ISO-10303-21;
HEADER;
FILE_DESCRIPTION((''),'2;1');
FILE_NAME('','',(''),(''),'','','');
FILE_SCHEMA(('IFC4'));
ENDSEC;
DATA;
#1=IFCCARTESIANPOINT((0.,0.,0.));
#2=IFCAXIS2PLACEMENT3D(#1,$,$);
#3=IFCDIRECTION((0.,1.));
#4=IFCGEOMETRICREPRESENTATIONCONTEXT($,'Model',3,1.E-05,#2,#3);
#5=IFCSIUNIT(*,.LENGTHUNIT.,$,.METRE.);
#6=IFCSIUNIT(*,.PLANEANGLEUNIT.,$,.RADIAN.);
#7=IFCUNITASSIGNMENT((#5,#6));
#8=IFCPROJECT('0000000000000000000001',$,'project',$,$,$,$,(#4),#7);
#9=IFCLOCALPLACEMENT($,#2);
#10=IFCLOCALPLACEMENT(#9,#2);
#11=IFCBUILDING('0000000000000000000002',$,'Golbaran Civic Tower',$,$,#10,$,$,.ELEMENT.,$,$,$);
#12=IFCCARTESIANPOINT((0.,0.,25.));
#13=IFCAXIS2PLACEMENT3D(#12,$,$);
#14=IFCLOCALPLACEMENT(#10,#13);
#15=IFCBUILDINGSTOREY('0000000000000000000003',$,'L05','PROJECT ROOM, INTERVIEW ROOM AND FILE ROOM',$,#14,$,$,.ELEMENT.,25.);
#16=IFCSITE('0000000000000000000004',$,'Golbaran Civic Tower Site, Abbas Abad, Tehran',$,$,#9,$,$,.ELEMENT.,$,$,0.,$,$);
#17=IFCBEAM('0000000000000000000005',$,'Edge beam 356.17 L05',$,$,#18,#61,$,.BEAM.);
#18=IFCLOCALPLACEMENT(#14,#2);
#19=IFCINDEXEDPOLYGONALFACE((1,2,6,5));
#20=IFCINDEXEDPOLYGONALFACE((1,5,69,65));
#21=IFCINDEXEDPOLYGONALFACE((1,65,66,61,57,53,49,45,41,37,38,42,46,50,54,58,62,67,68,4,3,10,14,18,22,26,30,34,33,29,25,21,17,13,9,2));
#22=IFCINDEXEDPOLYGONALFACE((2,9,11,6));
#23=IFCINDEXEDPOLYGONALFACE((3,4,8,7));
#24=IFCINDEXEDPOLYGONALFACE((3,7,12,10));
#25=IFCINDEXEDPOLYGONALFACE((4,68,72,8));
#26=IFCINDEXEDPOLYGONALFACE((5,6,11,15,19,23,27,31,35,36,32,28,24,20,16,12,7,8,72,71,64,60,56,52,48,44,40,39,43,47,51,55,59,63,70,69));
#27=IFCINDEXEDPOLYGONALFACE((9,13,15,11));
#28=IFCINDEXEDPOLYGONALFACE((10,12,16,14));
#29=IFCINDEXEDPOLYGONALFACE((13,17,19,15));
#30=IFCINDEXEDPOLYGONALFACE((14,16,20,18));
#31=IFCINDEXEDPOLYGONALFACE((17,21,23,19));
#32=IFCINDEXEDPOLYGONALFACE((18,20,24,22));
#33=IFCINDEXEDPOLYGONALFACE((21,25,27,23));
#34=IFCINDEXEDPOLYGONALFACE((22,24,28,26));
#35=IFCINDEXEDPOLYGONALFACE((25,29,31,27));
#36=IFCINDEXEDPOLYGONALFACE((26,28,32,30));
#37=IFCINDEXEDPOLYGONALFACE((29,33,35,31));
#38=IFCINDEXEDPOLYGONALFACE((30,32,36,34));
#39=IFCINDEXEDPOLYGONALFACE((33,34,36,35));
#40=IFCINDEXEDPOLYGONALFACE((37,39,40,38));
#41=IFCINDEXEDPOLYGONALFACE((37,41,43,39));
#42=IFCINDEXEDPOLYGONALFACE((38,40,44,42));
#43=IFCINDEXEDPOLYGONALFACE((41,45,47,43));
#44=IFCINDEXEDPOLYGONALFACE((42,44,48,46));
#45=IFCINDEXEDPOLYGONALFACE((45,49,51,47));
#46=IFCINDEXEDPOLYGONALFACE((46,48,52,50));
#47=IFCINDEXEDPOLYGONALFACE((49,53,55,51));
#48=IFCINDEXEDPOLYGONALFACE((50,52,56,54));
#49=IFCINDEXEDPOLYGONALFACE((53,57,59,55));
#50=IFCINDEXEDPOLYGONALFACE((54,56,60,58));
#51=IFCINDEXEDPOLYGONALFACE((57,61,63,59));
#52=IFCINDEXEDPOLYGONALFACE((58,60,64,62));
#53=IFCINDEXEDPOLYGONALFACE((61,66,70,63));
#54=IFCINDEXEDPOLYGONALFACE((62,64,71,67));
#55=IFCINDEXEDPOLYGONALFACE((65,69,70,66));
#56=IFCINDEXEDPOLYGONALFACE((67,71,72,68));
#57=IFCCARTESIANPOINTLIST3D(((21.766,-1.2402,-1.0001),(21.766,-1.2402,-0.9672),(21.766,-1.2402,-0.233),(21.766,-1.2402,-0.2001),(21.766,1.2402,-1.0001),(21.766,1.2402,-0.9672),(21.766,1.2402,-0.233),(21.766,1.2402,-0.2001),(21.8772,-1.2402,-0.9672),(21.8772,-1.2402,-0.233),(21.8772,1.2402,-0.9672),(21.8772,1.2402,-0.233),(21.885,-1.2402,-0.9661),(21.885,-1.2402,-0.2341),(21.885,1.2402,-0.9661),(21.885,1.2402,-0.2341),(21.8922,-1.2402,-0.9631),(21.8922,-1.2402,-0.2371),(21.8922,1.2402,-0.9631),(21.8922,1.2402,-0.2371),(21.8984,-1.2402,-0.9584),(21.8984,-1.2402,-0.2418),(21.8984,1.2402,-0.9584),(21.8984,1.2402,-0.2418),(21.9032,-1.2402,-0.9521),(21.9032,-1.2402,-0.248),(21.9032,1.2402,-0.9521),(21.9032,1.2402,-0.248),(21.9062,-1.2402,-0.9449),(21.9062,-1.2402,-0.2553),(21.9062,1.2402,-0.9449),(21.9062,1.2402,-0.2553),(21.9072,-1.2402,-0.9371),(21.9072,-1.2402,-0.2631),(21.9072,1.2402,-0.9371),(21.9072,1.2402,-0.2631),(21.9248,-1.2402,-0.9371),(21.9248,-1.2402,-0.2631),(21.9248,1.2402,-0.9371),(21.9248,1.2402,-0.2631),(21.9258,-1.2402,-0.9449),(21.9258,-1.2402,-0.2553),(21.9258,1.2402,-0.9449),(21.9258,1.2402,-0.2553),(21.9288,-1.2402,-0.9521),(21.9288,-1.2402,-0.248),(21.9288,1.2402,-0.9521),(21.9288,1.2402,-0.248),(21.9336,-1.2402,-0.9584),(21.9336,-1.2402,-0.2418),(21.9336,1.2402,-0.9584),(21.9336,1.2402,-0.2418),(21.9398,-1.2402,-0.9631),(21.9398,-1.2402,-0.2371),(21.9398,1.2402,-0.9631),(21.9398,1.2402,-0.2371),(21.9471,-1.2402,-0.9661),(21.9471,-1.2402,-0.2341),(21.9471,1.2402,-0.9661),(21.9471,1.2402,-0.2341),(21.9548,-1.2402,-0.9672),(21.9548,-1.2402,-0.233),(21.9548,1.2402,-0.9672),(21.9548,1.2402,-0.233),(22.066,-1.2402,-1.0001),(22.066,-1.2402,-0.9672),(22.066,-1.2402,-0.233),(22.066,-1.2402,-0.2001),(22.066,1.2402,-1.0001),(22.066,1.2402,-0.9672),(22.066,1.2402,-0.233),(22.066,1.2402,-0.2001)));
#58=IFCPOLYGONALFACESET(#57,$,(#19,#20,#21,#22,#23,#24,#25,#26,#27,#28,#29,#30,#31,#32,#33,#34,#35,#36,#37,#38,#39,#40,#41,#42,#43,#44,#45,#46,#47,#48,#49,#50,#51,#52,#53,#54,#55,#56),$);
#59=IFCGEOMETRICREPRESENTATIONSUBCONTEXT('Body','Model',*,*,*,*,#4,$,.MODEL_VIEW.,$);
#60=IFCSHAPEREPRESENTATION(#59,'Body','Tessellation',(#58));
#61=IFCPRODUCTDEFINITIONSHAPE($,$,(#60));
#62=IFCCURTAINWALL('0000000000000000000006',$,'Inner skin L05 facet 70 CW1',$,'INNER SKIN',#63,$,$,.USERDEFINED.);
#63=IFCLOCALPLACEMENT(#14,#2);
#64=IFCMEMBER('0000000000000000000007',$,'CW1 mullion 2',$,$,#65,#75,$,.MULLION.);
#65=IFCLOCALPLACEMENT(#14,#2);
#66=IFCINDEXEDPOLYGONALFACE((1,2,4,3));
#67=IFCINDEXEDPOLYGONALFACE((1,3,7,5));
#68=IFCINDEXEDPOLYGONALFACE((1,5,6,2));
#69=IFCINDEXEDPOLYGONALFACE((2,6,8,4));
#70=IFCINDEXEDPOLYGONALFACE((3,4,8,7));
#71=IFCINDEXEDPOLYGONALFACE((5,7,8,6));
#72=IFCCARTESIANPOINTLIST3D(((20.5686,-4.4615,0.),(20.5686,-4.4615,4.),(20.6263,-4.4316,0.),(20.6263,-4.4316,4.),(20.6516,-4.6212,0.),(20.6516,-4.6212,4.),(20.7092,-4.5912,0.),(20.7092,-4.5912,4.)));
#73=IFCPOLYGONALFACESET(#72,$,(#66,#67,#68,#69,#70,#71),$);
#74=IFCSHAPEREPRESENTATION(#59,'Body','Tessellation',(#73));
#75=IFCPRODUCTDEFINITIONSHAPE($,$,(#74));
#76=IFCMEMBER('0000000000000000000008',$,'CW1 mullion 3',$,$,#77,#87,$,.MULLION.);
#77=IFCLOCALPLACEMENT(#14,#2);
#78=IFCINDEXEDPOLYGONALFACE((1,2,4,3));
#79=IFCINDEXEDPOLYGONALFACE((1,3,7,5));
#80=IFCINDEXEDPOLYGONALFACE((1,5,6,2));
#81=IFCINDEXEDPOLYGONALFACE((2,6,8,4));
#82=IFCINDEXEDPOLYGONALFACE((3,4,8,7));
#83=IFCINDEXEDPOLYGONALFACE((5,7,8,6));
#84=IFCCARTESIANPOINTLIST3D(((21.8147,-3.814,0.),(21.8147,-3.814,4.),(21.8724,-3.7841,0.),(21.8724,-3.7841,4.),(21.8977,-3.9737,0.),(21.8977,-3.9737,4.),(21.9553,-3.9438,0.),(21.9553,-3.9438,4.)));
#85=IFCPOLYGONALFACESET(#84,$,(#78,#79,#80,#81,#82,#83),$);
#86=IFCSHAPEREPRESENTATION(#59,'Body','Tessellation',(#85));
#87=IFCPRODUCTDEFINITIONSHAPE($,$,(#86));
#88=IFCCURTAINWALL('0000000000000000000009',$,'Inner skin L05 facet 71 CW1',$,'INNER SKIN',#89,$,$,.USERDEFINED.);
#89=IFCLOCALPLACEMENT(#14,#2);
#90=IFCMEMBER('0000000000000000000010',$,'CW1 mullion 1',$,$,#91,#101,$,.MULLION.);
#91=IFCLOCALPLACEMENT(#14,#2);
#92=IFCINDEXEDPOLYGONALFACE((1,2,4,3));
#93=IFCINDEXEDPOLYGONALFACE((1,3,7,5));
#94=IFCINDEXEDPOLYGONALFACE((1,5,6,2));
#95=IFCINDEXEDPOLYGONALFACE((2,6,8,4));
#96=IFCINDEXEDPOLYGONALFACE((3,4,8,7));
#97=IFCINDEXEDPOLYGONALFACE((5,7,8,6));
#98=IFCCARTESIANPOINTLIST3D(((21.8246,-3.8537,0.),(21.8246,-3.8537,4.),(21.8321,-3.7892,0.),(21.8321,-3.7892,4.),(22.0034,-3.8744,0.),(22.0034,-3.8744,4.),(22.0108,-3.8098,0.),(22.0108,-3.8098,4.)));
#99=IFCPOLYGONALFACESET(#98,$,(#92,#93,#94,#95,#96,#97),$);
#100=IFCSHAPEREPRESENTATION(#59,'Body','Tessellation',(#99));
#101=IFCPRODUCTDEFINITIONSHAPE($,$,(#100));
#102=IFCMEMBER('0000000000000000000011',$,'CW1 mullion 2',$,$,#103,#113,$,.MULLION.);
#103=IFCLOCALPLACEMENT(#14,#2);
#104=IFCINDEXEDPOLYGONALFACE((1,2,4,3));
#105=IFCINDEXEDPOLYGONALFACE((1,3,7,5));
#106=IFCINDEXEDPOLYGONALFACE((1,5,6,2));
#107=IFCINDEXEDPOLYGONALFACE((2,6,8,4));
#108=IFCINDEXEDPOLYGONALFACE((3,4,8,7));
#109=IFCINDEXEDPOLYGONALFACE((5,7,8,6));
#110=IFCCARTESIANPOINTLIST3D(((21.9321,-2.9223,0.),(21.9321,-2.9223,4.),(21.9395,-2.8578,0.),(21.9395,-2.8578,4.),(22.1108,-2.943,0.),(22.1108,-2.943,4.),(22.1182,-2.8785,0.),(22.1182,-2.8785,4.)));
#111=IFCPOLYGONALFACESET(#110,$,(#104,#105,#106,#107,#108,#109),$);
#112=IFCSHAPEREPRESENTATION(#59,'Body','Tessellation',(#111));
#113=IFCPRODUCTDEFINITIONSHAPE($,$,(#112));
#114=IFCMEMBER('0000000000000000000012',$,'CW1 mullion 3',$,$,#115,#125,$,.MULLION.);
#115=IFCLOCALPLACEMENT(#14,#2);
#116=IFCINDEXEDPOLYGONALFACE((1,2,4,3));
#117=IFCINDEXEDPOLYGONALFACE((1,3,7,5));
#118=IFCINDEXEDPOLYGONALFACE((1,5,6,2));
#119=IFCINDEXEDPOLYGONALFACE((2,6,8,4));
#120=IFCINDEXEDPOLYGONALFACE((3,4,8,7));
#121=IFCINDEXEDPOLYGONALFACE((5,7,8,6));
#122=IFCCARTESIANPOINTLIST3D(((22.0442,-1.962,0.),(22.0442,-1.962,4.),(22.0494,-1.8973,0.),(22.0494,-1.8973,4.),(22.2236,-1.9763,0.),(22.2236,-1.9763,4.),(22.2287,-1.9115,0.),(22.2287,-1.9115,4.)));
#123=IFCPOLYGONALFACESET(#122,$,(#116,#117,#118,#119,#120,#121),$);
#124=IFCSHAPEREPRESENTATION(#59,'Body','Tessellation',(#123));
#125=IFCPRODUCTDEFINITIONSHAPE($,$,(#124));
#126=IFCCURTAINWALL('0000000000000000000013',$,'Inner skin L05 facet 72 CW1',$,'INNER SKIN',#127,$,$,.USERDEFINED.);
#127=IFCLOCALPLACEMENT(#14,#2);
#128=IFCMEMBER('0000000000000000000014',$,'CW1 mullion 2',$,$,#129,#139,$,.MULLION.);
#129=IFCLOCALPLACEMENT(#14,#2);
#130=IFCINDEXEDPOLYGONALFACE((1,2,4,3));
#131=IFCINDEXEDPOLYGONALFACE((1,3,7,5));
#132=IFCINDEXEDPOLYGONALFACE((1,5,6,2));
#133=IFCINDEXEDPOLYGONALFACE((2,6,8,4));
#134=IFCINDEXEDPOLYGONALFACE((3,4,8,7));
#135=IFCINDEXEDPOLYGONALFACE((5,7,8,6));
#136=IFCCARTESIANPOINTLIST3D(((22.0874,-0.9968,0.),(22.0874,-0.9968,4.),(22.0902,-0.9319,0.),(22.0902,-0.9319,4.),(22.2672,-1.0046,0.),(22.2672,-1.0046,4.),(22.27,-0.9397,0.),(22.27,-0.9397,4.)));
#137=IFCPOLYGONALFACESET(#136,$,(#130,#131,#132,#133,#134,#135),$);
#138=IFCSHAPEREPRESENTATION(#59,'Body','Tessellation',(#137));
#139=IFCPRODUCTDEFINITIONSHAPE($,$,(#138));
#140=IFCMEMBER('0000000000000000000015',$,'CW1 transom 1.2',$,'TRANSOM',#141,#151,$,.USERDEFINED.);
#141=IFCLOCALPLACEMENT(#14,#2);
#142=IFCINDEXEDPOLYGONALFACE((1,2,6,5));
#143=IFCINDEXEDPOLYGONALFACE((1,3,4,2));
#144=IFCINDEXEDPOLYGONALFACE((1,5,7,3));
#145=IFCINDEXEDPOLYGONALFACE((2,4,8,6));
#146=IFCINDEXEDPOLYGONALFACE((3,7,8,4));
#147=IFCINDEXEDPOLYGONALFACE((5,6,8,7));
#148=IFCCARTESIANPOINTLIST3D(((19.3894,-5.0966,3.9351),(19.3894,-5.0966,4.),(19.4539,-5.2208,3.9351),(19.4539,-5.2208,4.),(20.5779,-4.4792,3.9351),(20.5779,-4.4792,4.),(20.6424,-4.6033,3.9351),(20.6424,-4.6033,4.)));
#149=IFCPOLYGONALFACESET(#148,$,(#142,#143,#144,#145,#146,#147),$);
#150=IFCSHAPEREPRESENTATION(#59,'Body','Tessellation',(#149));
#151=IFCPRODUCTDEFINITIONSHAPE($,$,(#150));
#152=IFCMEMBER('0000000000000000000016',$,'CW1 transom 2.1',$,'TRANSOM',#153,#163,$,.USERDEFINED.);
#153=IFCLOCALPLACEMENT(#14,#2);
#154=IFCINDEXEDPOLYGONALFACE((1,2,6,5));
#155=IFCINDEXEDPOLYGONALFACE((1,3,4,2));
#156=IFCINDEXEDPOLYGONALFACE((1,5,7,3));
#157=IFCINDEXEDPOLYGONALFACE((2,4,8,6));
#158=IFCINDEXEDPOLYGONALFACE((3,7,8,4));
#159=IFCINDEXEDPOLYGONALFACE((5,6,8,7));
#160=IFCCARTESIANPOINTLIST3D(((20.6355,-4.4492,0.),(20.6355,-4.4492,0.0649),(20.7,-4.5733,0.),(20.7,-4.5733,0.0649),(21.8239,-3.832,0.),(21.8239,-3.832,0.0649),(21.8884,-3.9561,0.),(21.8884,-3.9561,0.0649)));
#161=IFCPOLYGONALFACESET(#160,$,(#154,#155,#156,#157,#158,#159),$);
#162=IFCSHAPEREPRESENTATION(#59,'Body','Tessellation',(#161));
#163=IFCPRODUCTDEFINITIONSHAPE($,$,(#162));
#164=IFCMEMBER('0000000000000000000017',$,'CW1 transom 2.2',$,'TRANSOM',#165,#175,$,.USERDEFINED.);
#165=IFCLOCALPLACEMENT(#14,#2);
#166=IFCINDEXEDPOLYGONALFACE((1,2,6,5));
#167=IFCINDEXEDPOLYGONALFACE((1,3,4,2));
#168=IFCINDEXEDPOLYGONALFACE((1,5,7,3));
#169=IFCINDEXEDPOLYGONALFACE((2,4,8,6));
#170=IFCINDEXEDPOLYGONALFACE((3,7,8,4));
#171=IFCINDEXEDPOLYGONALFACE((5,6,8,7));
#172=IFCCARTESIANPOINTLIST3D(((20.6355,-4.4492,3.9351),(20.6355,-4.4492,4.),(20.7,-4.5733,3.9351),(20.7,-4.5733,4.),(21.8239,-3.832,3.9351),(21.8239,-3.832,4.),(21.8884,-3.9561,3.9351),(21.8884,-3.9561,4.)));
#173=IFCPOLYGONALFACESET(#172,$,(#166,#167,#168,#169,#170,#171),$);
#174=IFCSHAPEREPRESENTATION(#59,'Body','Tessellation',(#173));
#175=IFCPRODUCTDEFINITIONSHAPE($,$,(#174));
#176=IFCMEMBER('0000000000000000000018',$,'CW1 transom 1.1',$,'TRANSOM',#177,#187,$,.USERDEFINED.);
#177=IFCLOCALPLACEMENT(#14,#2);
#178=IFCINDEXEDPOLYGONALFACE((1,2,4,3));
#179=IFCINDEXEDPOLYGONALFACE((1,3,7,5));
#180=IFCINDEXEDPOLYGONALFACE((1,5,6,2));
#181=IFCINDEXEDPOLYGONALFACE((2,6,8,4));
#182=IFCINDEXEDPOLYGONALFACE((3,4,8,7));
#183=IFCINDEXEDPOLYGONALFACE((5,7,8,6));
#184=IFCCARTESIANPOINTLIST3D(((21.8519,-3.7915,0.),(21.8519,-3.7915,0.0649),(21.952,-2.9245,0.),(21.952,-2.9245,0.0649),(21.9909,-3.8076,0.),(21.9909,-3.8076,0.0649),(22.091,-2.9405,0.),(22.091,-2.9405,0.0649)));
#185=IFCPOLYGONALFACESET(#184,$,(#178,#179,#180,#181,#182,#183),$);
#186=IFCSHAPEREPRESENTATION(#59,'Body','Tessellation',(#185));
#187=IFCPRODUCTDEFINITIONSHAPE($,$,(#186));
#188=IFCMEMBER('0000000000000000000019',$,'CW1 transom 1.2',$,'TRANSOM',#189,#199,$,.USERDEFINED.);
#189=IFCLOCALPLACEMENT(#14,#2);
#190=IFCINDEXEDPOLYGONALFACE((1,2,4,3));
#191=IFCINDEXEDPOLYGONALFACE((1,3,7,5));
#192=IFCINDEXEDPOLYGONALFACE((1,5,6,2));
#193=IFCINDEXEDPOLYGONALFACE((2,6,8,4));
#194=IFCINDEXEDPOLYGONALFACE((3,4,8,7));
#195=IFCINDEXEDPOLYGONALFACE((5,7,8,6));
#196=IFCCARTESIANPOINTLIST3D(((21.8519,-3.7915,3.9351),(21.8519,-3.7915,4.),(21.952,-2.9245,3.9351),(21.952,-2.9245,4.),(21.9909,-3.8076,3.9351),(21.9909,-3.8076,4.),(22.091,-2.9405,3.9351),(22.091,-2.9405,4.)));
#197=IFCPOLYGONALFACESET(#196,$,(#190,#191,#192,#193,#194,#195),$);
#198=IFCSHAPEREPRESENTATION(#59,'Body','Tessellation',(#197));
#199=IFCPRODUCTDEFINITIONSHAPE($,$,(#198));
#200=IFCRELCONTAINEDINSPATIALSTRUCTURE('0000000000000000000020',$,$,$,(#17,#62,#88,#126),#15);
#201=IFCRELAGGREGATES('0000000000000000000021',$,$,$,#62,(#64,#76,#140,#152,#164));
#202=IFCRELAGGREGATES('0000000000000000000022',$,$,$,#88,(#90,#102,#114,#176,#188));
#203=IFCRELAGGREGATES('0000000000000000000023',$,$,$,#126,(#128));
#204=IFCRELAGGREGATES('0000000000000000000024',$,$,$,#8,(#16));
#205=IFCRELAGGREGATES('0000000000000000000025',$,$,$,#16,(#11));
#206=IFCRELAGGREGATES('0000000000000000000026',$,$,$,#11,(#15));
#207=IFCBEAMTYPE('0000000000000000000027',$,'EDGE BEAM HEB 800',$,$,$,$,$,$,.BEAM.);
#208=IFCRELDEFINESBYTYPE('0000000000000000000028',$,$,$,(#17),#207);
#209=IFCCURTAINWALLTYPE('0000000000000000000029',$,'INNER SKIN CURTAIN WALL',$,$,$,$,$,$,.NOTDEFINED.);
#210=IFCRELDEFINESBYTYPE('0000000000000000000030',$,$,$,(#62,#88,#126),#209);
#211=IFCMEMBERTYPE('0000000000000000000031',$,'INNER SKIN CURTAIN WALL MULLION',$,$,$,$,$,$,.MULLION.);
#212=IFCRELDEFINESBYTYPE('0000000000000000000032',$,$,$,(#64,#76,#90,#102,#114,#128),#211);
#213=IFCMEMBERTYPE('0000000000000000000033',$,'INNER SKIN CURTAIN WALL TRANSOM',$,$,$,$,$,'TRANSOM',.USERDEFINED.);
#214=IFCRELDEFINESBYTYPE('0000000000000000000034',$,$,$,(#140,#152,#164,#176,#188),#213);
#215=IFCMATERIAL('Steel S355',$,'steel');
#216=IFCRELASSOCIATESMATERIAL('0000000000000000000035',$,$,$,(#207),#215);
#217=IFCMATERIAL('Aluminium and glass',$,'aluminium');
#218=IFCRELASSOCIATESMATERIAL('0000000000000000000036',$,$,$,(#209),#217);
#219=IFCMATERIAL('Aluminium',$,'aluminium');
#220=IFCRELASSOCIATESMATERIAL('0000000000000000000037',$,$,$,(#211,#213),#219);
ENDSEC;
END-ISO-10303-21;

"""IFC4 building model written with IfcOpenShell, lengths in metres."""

from ifc_helpers import new_model, si_unit, direction, frame, origin, origin_2d, place, context, subcontext, project, spatial, rectangle, i_section, extrude, material, material_profile, profile_set, type_object, element, aggregate, save


model = new_model("IFC4")

# Units and contexts
model_context = context("Model", 3, precision=1e-05, world=origin(), true_north=direction((0.0, 1.0)))
body_context = subcontext(model_context, "Body", "Model", "MODEL_VIEW")
ifc_project = project(units=[si_unit("LENGTHUNIT", "METRE"), si_unit("PLANEANGLEUNIT", "RADIAN")], contexts=[model_context])

# Site, building, storey
site_placement = place(None, origin())
site = spatial("IfcSite", under=ifc_project, at=site_placement, Name="Golbaran Civic Tower Site, Abbas Abad, Tehran", CompositionType="ELEMENT", RefElevation=0.0)
building_placement = place(site_placement, origin())
building = spatial("IfcBuilding", under=site, at=building_placement, Name="Golbaran Civic Tower", CompositionType="ELEMENT")
storey_placement = place(building_placement, frame((0.0, 0.0, 25.0)))
storey = spatial("IfcBuildingStorey", under=building, at=storey_placement, Name="L05", Description="PROJECT ROOM, INTERVIEW ROOM AND FILE ROOM", CompositionType="ELEMENT", Elevation=25.0)

# Beam
ifc_material_1 = material(Name="Steel S355", Category="steel")
ifc_material_profile_1 = material_profile(ifc_material_1, i_section(OverallWidth=0.3, OverallDepth=0.8, WebThickness=0.0176, FlangeThickness=0.033, FilletRadius=0.03, at=origin_2d()), Name="HEB 800")
ifc_profile_set_1 = profile_set([ifc_material_profile_1], Name="Steel S355")
beam_type = type_object("IfcBeamType", Name="EDGE BEAM HEB 800", PredefinedType="BEAM", material=ifc_profile_set_1)
beam_placement = place(storey_placement, frame((21.916, -1.2402, -0.6001), z_axis=(0.0, 1.0, 0.0), x_axis=(-1.0, 0.0, 0.0)))
element("IfcBeam", 1, at=beam_placement, inside=storey, type_object=beam_type, Name="Edge beam 356.17 L05", PredefinedType="BEAM", context=body_context, shape_type="SweptSolid", body=[
    extrude(i_section(OverallWidth=0.3, OverallDepth=0.8, WebThickness=0.0176, FlangeThickness=0.033, FilletRadius=0.03, at=origin_2d()), origin(), (0.0, 0.0, 1.0), 2.4805),
])

# Curtain walls, members
ifc_material_2 = material(Name="Aluminium and glass", Category="aluminium")
curtain_wall_type = type_object("IfcCurtainWallType", Name="INNER SKIN CURTAIN WALL", PredefinedType="NOTDEFINED", material=ifc_material_2)
curtain_wall_1_placement = place(storey_placement, origin())
curtain_wall_1 = element("IfcCurtainWall", 2, at=curtain_wall_1_placement, inside=storey, type_object=curtain_wall_type, Name="Inner skin L05 facet 70 CW1", ObjectType="INNER SKIN", PredefinedType="USERDEFINED")
ifc_material_3 = material(Name="Aluminium", Category="aluminium")
ifc_material_profile_2 = material_profile(ifc_material_3, rectangle(XDim=0.1799, YDim=0.0649, at=origin_2d()), Name="INNER SKIN CURTAIN WALL MULLION")
ifc_profile_set_2 = profile_set([ifc_material_profile_2], Name="Aluminium")
member_type_1 = type_object("IfcMemberType", Name="INNER SKIN CURTAIN WALL MULLION", PredefinedType="MULLION", material=ifc_profile_set_2)
member_1_placement = place(storey_placement, frame((20.6389, -4.5264, 0.0), z_axis=(0.0, 0.0, 1.0), x_axis=(-0.460945, 0.887429, 0.0)))
member_1 = element("IfcMember", 3, at=member_1_placement, type_object=member_type_1, Name="CW1 mullion 2", PredefinedType="MULLION", context=body_context, shape_type="SweptSolid", body=[
    extrude(rectangle(XDim=0.1799, YDim=0.0649, at=origin_2d()), origin(), (0.0, 0.0, 1.0), 4.0),
])
member_2_placement = place(storey_placement, frame((21.885, -3.8789, 0.0), z_axis=(0.0, 0.0, 1.0), x_axis=(-0.460945, 0.887429, 0.0)))
member_2 = element("IfcMember", 4, at=member_2_placement, type_object=member_type_1, Name="CW1 mullion 3", PredefinedType="MULLION", context=body_context, shape_type="SweptSolid", body=[
    extrude(rectangle(XDim=0.1799, YDim=0.0649, at=origin_2d()), origin(), (0.0, 0.0, 1.0), 4.0),
])
curtain_wall_2_placement = place(storey_placement, origin())
curtain_wall_2 = element("IfcCurtainWall", 5, at=curtain_wall_2_placement, inside=storey, type_object=curtain_wall_type, Name="Inner skin L05 facet 71 CW1", ObjectType="INNER SKIN", PredefinedType="USERDEFINED")
member_3_placement = place(storey_placement, frame((21.9177, -3.8318, 0.0), z_axis=(0.0, 0.0, 1.0), x_axis=(-0.993402, 0.114683, 0.0)))
member_3 = element("IfcMember", 6, at=member_3_placement, type_object=member_type_1, Name="CW1 mullion 1", PredefinedType="MULLION", context=body_context, shape_type="SweptSolid", body=[
    extrude(rectangle(XDim=0.1799, YDim=0.0649, at=origin_2d()), origin(), (0.0, 0.0, 1.0), 4.0),
])
member_4_placement = place(storey_placement, frame((22.0251, -2.9004, 0.0), z_axis=(0.0, 0.0, 1.0), x_axis=(-0.993402, 0.114683, 0.0)))
member_4 = element("IfcMember", 7, at=member_4_placement, type_object=member_type_1, Name="CW1 mullion 2", PredefinedType="MULLION", context=body_context, shape_type="SweptSolid", body=[
    extrude(rectangle(XDim=0.1799, YDim=0.0649, at=origin_2d()), origin(), (0.0, 0.0, 1.0), 4.0),
])
member_5_placement = place(storey_placement, frame((22.1365, -1.9368, 0.0), z_axis=(0.0, 0.0, 1.0), x_axis=(-0.996859, 0.079202, 0.0)))
member_5 = element("IfcMember", 8, at=member_5_placement, type_object=member_type_1, Name="CW1 mullion 3", PredefinedType="MULLION", context=body_context, shape_type="SweptSolid", body=[
    extrude(rectangle(XDim=0.1799, YDim=0.0649, at=origin_2d()), origin(), (0.0, 0.0, 1.0), 4.0),
])

# Curtain wall, member
curtain_wall_3_placement = place(storey_placement, origin())
curtain_wall_3 = element("IfcCurtainWall", 9, at=curtain_wall_3_placement, inside=storey, type_object=curtain_wall_type, Name="Inner skin L05 facet 72 CW1", ObjectType="INNER SKIN", PredefinedType="USERDEFINED")
member_6_placement = place(storey_placement, frame((22.1787, -0.9683, 0.0), z_axis=(0.0, 0.0, 1.0), x_axis=(-0.999048, 0.043619, 0.0)))
member_6 = element("IfcMember", 10, at=member_6_placement, type_object=member_type_1, Name="CW1 mullion 2", PredefinedType="MULLION", context=body_context, shape_type="SweptSolid", body=[
    extrude(rectangle(XDim=0.1799, YDim=0.0649, at=origin_2d()), origin(), (0.0, 0.0, 1.0), 4.0),
])

# Members
ifc_material_profile_3 = material_profile(ifc_material_3, rectangle(XDim=0.1399, YDim=0.0649, at=origin_2d()), Name="INNER SKIN CURTAIN WALL TRANSOM")
ifc_profile_set_3 = profile_set([ifc_material_profile_3], Name="Aluminium")
member_type_2 = type_object("IfcMemberType", Name="INNER SKIN CURTAIN WALL TRANSOM", ElementType="TRANSOM", PredefinedType="USERDEFINED", material=ifc_profile_set_3)
member_7_placement = place(storey_placement, frame((19.4216, -5.1587, 3.9675), z_axis=(0.887393, 0.461014, 0.0), x_axis=(-0.461014, 0.887393, 0.0)))
member_7 = element("IfcMember", 11, at=member_7_placement, type_object=member_type_2, Name="CW1 transom 1.2", ObjectType="TRANSOM", PredefinedType="USERDEFINED", context=body_context, shape_type="SweptSolid", body=[
    extrude(rectangle(XDim=0.1399, YDim=0.0649, at=origin_2d()), origin(), (0.0, 0.0, 1.0), 1.3394),
])
member_8_placement = place(storey_placement, frame((20.6677, -4.5112, 0.0325), z_axis=(0.887467, 0.46087, 0.0), x_axis=(-0.46087, 0.887467, 0.0)))
member_8 = element("IfcMember", 12, at=member_8_placement, type_object=member_type_2, Name="CW1 transom 2.1", ObjectType="TRANSOM", PredefinedType="USERDEFINED", context=body_context, shape_type="SweptSolid", body=[
    extrude(rectangle(XDim=0.1399, YDim=0.0649, at=origin_2d()), origin(), (0.0, 0.0, 1.0), 1.3391),
])
member_9_placement = place(storey_placement, frame((20.6677, -4.5112, 3.9675), z_axis=(0.887467, 0.46087, 0.0), x_axis=(-0.46087, 0.887467, 0.0)))
member_9 = element("IfcMember", 13, at=member_9_placement, type_object=member_type_2, Name="CW1 transom 2.2", ObjectType="TRANSOM", PredefinedType="USERDEFINED", context=body_context, shape_type="SweptSolid", body=[
    extrude(rectangle(XDim=0.1399, YDim=0.0649, at=origin_2d()), origin(), (0.0, 0.0, 1.0), 1.3391),
])
member_10_placement = place(storey_placement, frame((21.9214, -3.7996, 0.0325), z_axis=(0.114698, 0.9934, 0.0), x_axis=(-0.9934, 0.114698, 0.0)))
member_10 = element("IfcMember", 14, at=member_10_placement, type_object=member_type_2, Name="CW1 transom 1.1", ObjectType="TRANSOM", PredefinedType="USERDEFINED", context=body_context, shape_type="SweptSolid", body=[
    extrude(rectangle(XDim=0.1399, YDim=0.0649, at=origin_2d()), origin(), (0.0, 0.0, 1.0), 0.8728),
])
member_11_placement = place(storey_placement, frame((21.9214, -3.7996, 3.9675), z_axis=(0.114698, 0.9934, 0.0), x_axis=(-0.9934, 0.114698, 0.0)))
member_11 = element("IfcMember", 15, at=member_11_placement, type_object=member_type_2, Name="CW1 transom 1.2", ObjectType="TRANSOM", PredefinedType="USERDEFINED", context=body_context, shape_type="SweptSolid", body=[
    extrude(rectangle(XDim=0.1399, YDim=0.0649, at=origin_2d()), origin(), (0.0, 0.0, 1.0), 0.8728),
])

aggregate(curtain_wall_1, [member_1, member_2, member_7, member_8, member_9])
aggregate(curtain_wall_2, [member_3, member_4, member_5, member_10, member_11])
aggregate(curtain_wall_3, [member_6])

save(model, "model.ifc")
